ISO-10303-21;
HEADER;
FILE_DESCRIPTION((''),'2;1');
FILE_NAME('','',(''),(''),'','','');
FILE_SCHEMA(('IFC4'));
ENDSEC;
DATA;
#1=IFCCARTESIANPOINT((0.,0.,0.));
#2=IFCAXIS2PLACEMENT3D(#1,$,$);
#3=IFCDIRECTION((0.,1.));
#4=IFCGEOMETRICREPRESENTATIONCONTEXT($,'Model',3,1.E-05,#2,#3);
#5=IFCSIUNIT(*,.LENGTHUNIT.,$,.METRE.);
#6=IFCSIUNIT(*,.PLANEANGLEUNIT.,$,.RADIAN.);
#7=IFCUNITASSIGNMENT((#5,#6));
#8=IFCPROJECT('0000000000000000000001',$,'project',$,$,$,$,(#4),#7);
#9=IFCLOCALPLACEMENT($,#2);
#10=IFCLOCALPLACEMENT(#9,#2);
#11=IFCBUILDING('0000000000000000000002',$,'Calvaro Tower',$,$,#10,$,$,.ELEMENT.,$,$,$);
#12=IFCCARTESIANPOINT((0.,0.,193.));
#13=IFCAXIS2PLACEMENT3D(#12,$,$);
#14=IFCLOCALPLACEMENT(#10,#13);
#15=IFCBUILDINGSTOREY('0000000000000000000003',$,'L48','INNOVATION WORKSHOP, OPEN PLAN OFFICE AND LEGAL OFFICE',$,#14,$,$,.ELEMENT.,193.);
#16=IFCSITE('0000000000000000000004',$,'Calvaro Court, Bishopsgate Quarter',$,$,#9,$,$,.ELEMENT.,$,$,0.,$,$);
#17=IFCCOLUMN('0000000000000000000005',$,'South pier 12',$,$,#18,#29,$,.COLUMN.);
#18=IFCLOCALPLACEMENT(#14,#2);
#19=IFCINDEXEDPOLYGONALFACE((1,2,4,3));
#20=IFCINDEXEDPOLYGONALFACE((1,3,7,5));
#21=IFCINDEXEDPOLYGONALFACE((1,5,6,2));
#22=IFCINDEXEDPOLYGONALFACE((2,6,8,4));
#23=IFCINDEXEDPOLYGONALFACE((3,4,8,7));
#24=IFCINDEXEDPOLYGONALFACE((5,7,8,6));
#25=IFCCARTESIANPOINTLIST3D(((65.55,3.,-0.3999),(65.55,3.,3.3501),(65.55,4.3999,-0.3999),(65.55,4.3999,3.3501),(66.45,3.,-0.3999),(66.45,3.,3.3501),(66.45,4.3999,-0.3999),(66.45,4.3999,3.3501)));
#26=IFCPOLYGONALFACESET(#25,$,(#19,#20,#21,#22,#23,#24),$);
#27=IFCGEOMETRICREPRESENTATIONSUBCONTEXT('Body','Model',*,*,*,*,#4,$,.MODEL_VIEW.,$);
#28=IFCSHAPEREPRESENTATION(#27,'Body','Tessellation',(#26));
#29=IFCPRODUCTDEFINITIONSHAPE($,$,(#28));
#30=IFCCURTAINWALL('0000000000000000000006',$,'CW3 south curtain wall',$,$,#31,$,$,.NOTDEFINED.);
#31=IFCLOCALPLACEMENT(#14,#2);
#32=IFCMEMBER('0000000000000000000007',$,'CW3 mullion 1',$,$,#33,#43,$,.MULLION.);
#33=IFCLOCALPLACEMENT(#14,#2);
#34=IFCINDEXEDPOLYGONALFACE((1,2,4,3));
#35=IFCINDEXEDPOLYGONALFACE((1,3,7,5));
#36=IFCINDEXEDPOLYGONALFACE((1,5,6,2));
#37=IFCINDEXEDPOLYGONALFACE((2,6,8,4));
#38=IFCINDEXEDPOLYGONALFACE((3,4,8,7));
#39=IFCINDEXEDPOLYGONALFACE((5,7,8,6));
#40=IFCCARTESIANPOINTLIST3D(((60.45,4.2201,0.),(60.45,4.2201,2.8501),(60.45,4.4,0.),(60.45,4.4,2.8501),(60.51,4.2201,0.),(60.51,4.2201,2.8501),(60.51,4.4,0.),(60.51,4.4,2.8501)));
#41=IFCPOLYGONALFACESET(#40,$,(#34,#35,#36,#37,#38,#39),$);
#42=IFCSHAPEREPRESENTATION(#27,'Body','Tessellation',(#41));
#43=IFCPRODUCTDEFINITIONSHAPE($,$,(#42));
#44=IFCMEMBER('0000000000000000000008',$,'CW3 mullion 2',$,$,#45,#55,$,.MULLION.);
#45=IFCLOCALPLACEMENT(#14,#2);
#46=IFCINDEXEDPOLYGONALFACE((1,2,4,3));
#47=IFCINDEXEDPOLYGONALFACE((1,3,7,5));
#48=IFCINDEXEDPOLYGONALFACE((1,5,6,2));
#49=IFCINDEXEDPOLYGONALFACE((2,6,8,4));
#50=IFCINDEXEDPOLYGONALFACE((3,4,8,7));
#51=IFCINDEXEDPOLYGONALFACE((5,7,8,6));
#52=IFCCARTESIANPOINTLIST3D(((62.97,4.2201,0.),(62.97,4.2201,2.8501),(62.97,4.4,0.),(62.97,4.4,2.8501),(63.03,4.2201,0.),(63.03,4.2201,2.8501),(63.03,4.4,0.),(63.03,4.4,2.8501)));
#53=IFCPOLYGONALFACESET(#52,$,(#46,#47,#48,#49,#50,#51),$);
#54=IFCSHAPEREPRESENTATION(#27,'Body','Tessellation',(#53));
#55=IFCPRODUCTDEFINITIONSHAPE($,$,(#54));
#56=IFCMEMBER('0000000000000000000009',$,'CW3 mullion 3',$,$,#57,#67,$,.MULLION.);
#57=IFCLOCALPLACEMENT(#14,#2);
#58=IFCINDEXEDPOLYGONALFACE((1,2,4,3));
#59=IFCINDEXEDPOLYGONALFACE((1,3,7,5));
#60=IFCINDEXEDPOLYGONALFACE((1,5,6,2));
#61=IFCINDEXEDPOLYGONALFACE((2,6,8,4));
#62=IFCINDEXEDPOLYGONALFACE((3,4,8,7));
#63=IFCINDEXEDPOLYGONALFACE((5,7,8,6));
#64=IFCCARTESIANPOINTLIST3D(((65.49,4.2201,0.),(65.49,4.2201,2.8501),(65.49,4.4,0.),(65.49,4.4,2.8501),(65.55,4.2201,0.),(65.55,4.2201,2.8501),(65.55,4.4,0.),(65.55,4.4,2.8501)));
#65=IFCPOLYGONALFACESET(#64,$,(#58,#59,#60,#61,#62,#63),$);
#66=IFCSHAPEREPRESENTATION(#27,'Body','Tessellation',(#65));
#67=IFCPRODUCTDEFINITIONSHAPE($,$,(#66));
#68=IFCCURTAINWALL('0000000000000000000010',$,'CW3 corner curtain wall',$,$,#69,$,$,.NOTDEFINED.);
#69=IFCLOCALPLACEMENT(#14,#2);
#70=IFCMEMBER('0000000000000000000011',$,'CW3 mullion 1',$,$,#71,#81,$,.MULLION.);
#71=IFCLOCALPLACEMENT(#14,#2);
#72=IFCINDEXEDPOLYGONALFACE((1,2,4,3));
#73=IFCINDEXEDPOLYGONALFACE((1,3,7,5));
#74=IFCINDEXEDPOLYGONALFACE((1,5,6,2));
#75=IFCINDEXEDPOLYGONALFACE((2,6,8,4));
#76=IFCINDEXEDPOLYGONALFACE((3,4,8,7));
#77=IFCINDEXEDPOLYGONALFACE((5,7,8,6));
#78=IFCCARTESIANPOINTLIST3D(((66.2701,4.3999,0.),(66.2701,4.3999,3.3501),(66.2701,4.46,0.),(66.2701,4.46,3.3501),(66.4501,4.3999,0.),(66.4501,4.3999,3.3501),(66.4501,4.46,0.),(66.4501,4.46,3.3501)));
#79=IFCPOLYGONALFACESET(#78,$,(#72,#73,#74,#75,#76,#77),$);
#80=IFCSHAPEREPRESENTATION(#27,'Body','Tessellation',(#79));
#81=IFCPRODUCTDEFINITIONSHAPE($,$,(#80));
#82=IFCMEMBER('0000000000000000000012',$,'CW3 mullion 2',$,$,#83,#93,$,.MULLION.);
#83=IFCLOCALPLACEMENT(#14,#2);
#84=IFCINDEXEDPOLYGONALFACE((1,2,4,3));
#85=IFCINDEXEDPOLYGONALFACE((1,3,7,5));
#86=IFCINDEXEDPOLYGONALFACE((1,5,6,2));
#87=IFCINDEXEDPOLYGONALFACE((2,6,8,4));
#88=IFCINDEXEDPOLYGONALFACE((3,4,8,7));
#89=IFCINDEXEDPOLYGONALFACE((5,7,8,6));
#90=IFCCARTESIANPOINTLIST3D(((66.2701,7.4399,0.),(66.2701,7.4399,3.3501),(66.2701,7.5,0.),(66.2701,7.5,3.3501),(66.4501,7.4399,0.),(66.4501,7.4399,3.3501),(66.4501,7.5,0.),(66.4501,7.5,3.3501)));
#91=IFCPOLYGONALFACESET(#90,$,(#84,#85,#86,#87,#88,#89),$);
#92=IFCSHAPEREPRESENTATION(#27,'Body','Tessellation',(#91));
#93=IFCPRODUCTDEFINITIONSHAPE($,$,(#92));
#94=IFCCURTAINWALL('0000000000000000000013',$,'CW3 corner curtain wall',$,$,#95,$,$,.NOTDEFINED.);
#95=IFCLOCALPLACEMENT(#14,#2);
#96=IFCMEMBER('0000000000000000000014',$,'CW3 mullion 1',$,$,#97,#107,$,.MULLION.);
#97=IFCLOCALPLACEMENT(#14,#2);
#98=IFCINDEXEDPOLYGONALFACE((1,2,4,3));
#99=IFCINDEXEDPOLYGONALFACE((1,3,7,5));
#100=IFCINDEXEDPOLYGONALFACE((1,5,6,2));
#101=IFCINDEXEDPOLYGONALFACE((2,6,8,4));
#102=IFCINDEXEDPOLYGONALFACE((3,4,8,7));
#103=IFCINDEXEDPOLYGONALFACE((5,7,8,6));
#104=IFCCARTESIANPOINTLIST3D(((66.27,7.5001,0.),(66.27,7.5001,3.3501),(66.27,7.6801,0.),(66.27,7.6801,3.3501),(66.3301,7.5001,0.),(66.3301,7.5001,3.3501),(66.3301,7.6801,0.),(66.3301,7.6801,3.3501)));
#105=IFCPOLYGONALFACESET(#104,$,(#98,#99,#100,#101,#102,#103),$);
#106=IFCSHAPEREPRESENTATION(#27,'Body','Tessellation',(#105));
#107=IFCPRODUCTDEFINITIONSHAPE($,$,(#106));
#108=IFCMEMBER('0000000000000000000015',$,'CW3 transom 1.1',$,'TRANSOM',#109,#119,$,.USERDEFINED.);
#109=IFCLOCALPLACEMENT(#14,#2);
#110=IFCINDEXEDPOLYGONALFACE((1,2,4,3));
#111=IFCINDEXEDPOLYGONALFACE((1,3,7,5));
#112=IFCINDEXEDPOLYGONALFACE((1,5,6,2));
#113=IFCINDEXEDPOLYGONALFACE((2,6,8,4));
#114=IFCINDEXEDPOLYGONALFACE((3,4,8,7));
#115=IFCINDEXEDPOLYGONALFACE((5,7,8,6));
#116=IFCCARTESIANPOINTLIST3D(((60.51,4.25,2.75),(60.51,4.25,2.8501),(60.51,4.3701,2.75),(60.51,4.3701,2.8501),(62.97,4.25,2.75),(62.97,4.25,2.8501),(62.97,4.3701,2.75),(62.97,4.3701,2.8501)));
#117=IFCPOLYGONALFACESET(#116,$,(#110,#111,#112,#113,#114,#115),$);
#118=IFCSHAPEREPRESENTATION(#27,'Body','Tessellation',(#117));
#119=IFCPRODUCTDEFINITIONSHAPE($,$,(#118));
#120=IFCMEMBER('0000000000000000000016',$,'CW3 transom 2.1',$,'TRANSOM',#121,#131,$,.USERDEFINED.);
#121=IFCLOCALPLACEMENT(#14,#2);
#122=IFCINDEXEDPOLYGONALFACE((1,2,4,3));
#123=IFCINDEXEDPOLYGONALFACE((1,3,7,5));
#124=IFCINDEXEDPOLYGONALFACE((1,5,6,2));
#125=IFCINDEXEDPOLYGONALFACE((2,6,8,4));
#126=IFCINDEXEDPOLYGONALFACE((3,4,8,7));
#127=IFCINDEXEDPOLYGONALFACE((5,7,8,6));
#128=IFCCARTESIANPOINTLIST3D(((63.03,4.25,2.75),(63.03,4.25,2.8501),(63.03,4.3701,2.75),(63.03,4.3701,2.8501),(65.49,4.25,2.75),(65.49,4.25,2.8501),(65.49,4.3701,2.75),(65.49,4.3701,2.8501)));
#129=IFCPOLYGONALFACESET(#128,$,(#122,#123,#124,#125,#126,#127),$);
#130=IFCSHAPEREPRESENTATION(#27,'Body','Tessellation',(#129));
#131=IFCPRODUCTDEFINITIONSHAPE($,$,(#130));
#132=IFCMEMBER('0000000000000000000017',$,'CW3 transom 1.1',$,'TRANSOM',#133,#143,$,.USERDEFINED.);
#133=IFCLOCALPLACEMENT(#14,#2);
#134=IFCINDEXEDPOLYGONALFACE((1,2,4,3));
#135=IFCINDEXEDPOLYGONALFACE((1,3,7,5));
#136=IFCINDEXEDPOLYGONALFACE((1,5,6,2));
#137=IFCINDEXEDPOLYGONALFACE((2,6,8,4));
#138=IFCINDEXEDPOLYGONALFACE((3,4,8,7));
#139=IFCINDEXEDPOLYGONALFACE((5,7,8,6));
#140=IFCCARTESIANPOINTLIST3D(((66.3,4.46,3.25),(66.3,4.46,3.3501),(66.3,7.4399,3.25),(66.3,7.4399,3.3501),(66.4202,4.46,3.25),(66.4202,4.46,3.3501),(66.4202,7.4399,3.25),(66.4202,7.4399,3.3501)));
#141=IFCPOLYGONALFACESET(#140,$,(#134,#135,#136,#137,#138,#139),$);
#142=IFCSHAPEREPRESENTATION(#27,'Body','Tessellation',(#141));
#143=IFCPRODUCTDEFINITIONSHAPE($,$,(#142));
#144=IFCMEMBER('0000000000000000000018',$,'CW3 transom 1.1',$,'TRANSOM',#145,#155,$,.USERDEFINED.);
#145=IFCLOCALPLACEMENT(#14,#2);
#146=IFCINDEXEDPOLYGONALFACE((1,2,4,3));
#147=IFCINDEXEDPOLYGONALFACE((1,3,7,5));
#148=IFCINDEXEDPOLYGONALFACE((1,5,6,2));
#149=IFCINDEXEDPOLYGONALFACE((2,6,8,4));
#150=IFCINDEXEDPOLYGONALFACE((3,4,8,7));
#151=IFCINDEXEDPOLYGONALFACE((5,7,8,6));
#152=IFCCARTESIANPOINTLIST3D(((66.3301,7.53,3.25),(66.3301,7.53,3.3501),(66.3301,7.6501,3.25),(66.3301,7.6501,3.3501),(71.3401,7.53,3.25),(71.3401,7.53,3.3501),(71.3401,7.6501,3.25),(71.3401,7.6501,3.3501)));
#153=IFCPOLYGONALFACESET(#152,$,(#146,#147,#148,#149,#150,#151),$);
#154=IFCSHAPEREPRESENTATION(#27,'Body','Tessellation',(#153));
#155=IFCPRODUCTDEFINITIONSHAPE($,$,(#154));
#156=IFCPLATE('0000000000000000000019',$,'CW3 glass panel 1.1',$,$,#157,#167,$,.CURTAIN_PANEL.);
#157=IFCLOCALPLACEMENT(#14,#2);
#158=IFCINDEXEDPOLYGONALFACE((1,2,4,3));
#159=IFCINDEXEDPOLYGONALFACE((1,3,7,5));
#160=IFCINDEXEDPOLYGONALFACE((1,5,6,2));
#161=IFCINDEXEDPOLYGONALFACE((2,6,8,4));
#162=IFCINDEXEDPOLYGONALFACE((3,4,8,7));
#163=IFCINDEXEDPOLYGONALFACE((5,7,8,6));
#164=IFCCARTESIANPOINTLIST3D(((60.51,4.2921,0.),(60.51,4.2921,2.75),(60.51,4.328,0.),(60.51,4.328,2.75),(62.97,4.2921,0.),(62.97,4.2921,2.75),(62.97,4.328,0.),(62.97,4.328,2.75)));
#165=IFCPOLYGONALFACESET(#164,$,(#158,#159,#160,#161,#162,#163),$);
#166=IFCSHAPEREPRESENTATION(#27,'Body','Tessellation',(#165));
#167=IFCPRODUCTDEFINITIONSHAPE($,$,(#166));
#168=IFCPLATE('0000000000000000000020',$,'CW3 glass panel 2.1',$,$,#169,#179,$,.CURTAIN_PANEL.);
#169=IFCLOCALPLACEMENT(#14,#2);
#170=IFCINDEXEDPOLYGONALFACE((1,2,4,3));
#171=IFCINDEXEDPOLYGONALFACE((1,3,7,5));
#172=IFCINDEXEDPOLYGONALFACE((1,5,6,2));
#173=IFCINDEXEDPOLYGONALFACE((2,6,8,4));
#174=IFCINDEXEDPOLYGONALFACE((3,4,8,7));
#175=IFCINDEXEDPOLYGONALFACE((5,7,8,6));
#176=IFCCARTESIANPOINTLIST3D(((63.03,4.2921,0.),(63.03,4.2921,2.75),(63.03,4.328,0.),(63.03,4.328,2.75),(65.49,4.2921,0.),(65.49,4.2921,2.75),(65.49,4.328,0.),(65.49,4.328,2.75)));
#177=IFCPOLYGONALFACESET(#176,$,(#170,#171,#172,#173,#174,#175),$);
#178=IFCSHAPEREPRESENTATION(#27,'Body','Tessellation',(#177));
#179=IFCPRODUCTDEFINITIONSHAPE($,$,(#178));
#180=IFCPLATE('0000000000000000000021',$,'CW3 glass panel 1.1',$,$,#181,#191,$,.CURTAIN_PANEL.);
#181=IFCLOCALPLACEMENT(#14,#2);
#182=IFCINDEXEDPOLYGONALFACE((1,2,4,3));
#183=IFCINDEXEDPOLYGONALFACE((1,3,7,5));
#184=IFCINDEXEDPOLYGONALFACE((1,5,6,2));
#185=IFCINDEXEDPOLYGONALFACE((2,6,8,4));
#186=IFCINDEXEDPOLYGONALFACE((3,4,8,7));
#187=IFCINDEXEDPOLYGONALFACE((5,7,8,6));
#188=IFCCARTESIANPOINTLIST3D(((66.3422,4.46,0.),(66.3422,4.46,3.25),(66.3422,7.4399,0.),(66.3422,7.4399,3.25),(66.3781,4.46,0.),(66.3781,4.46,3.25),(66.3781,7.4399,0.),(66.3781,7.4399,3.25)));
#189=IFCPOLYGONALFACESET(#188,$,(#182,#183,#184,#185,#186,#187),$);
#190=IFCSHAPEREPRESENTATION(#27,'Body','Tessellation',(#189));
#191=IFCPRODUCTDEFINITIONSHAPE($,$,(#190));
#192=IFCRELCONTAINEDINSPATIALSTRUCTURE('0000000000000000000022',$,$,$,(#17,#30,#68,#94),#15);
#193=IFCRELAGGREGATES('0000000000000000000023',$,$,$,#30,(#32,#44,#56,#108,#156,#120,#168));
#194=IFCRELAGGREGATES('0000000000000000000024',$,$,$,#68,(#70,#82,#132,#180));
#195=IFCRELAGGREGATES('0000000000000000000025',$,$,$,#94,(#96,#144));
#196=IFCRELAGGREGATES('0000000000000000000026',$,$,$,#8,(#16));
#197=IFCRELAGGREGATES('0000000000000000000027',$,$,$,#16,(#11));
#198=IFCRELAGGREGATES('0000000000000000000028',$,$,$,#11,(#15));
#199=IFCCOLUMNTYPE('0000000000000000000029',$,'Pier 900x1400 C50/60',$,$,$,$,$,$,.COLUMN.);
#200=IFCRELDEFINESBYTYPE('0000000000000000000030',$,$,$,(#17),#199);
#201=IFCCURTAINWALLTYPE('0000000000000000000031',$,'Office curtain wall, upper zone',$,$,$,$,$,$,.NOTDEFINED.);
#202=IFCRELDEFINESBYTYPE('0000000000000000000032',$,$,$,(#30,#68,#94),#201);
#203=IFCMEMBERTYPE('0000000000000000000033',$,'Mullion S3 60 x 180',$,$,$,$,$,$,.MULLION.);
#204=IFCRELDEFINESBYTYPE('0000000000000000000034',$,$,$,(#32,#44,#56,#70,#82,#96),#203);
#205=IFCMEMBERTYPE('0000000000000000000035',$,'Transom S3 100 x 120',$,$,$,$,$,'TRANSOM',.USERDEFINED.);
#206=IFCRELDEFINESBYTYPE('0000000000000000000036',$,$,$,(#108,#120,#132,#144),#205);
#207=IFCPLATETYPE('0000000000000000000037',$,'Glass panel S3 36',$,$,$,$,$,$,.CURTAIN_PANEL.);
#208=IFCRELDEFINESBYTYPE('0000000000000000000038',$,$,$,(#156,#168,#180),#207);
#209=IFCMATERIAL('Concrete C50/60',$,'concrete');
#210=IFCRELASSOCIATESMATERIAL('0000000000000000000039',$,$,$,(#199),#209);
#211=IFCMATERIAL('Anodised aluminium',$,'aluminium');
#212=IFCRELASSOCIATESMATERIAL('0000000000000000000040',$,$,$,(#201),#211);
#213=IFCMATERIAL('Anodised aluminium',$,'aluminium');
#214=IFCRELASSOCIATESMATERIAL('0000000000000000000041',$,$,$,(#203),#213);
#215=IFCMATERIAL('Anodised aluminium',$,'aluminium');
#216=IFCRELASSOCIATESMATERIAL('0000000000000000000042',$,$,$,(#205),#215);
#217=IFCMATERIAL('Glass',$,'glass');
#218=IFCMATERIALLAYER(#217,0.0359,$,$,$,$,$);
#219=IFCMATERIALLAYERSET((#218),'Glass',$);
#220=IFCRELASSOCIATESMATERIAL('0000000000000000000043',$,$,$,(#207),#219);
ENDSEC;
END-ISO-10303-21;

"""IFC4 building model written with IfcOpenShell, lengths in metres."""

from ifc_helpers import new_model, si_unit, direction, frame, origin, origin_2d, place, context, subcontext, project, spatial, rectangle, extrude, material, layer, layer_set, material_profile, profile_set, type_object, element, aggregate, save


model = new_model("IFC4")

# Units and contexts
model_context = context("Model", 3, precision=1e-05, world=origin(), true_north=direction((0.0, 1.0)))
body_context = subcontext(model_context, "Body", "Model", "MODEL_VIEW")
ifc_project = project(units=[si_unit("LENGTHUNIT", "METRE"), si_unit("PLANEANGLEUNIT", "RADIAN")], contexts=[model_context])

# Site, building, storey
site_placement = place(None, origin())
site = spatial("IfcSite", under=ifc_project, at=site_placement, Name="Calvaro Court, Bishopsgate Quarter", CompositionType="ELEMENT", RefElevation=0.0)
building_placement = place(site_placement, origin())
building = spatial("IfcBuilding", under=site, at=building_placement, Name="Calvaro Tower", CompositionType="ELEMENT")
storey_placement = place(building_placement, frame((0.0, 0.0, 193.0)))
storey = spatial("IfcBuildingStorey", under=building, at=storey_placement, Name="L48", Description="INNOVATION WORKSHOP, OPEN PLAN OFFICE AND LEGAL OFFICE", CompositionType="ELEMENT", Elevation=193.0)

# Column
ifc_material_1 = material(Name="Concrete C50/60", Category="concrete")
ifc_material_profile_1 = material_profile(ifc_material_1, rectangle(XDim=0.8999, YDim=1.3999, at=origin_2d()), Name="RC 900x1400")
ifc_profile_set_1 = profile_set([ifc_material_profile_1], Name="Concrete C50/60")
column_type = type_object("IfcColumnType", Name="Pier 900x1400 C50/60", PredefinedType="COLUMN", material=ifc_profile_set_1)
column_placement = place(storey_placement, frame((66.0, 3.7, -0.3999), z_axis=(0.0, 0.0, 1.0), x_axis=(1.0, 0.0, 0.0)))
element("IfcColumn", 1, at=column_placement, inside=storey, type_object=column_type, Name="South pier 12", PredefinedType="COLUMN", context=body_context, shape_type="SweptSolid", body=[
    extrude(rectangle(XDim=0.8999, YDim=1.3999, at=origin_2d()), origin(), (0.0, 0.0, 1.0), 3.75),
])

# Curtain walls, members
ifc_material_2 = material(Name="Anodised aluminium", Category="aluminium")
curtain_wall_type = type_object("IfcCurtainWallType", Name="Office curtain wall, upper zone", PredefinedType="NOTDEFINED", material=ifc_material_2)
curtain_wall_1_placement = place(storey_placement, origin())
curtain_wall_1 = element("IfcCurtainWall", 2, at=curtain_wall_1_placement, inside=storey, type_object=curtain_wall_type, Name="CW3 south curtain wall", PredefinedType="NOTDEFINED")
ifc_material_3 = material(Name="Anodised aluminium", Category="aluminium")
ifc_material_profile_2 = material_profile(ifc_material_3, rectangle(XDim=0.1799, YDim=0.0601, at=origin_2d()), Name="Mullion S3 60 x 180")
ifc_profile_set_2 = profile_set([ifc_material_profile_2], Name="Anodised aluminium")
member_type_1 = type_object("IfcMemberType", Name="Mullion S3 60 x 180", PredefinedType="MULLION", material=ifc_profile_set_2)
member_1_placement = place(storey_placement, frame((60.48, 4.3101, 0.0), z_axis=(0.0, 0.0, 1.0), x_axis=(0.0, 1.0, 0.0)))
member_1 = element("IfcMember", 3, at=member_1_placement, type_object=member_type_1, Name="CW3 mullion 1", PredefinedType="MULLION", context=body_context, shape_type="SweptSolid", body=[
    extrude(rectangle(XDim=0.1799, YDim=0.0601, at=origin_2d()), origin(), (0.0, 0.0, 1.0), 2.8501),
])
member_2_placement = place(storey_placement, frame((63.0, 4.3101, 0.0), z_axis=(0.0, 0.0, 1.0), x_axis=(0.0, 1.0, 0.0)))
member_2 = element("IfcMember", 4, at=member_2_placement, type_object=member_type_1, Name="CW3 mullion 2", PredefinedType="MULLION", context=body_context, shape_type="SweptSolid", body=[
    extrude(rectangle(XDim=0.1799, YDim=0.0601, at=origin_2d()), origin(), (0.0, 0.0, 1.0), 2.8501),
])
member_3_placement = place(storey_placement, frame((65.52, 4.3101, 0.0), z_axis=(0.0, 0.0, 1.0), x_axis=(0.0, 1.0, 0.0)))
member_3 = element("IfcMember", 5, at=member_3_placement, type_object=member_type_1, Name="CW3 mullion 3", PredefinedType="MULLION", context=body_context, shape_type="SweptSolid", body=[
    extrude(rectangle(XDim=0.1799, YDim=0.0601, at=origin_2d()), origin(), (0.0, 0.0, 1.0), 2.8501),
])
curtain_wall_2_placement = place(storey_placement, origin())
curtain_wall_2 = element("IfcCurtainWall", 6, at=curtain_wall_2_placement, inside=storey, type_object=curtain_wall_type, Name="CW3 corner curtain wall", PredefinedType="NOTDEFINED")
member_4_placement = place(storey_placement, frame((66.3601, 4.4299, 0.0), z_axis=(0.0, 0.0, 1.0), x_axis=(-1.0, 0.0, 0.0)))
member_4 = element("IfcMember", 7, at=member_4_placement, type_object=member_type_1, Name="CW3 mullion 1", PredefinedType="MULLION", context=body_context, shape_type="SweptSolid", body=[
    extrude(rectangle(XDim=0.1799, YDim=0.0601, at=origin_2d()), origin(), (0.0, 0.0, 1.0), 3.3501),
])
member_5_placement = place(storey_placement, frame((66.3601, 7.47, 0.0), z_axis=(0.0, 0.0, 1.0), x_axis=(-1.0, 0.0, 0.0)))
member_5 = element("IfcMember", 8, at=member_5_placement, type_object=member_type_1, Name="CW3 mullion 2", PredefinedType="MULLION", context=body_context, shape_type="SweptSolid", body=[
    extrude(rectangle(XDim=0.1799, YDim=0.0601, at=origin_2d()), origin(), (0.0, 0.0, 1.0), 3.3501),
])

# Curtain wall, member
curtain_wall_3_placement = place(storey_placement, origin())
curtain_wall_3 = element("IfcCurtainWall", 9, at=curtain_wall_3_placement, inside=storey, type_object=curtain_wall_type, Name="CW3 corner curtain wall", PredefinedType="NOTDEFINED")
member_6_placement = place(storey_placement, frame((66.3, 7.5901, 0.0), z_axis=(0.0, 0.0, 1.0), x_axis=(0.0, 1.0, 0.0)))
member_6 = element("IfcMember", 10, at=member_6_placement, type_object=member_type_1, Name="CW3 mullion 1", PredefinedType="MULLION", context=body_context, shape_type="SweptSolid", body=[
    extrude(rectangle(XDim=0.1799, YDim=0.0601, at=origin_2d()), origin(), (0.0, 0.0, 1.0), 3.3501),
])

# Members
ifc_material_4 = material(Name="Anodised aluminium", Category="aluminium")
ifc_material_profile_3 = material_profile(ifc_material_4, rectangle(XDim=0.1201, YDim=0.1001, at=origin_2d()), Name="Transom S3 100 x 120")
ifc_profile_set_3 = profile_set([ifc_material_profile_3], Name="Anodised aluminium")
member_type_2 = type_object("IfcMemberType", Name="Transom S3 100 x 120", ElementType="TRANSOM", PredefinedType="USERDEFINED", material=ifc_profile_set_3)
member_7_placement = place(storey_placement, frame((60.51, 4.3101, 2.8), z_axis=(1.0, 0.0, 0.0), x_axis=(0.0, 1.0, 0.0)))
member_7 = element("IfcMember", 11, at=member_7_placement, type_object=member_type_2, Name="CW3 transom 1.1", ObjectType="TRANSOM", PredefinedType="USERDEFINED", context=body_context, shape_type="SweptSolid", body=[
    extrude(rectangle(XDim=0.1201, YDim=0.1001, at=origin_2d()), origin(), (0.0, 0.0, 1.0), 2.46),
])
member_8_placement = place(storey_placement, frame((63.03, 4.3101, 2.8), z_axis=(1.0, 0.0, 0.0), x_axis=(0.0, 1.0, 0.0)))
member_8 = element("IfcMember", 12, at=member_8_placement, type_object=member_type_2, Name="CW3 transom 2.1", ObjectType="TRANSOM", PredefinedType="USERDEFINED", context=body_context, shape_type="SweptSolid", body=[
    extrude(rectangle(XDim=0.1201, YDim=0.1001, at=origin_2d()), origin(), (0.0, 0.0, 1.0), 2.46),
])
member_9_placement = place(storey_placement, frame((66.3601, 4.46, 3.3), z_axis=(0.0, 1.0, 0.0), x_axis=(-1.0, 0.0, 0.0)))
member_9 = element("IfcMember", 13, at=member_9_placement, type_object=member_type_2, Name="CW3 transom 1.1", ObjectType="TRANSOM", PredefinedType="USERDEFINED", context=body_context, shape_type="SweptSolid", body=[
    extrude(rectangle(XDim=0.1201, YDim=0.1001, at=origin_2d()), origin(), (0.0, 0.0, 1.0), 2.98),
])
member_10_placement = place(storey_placement, frame((66.3301, 7.5901, 3.3), z_axis=(1.0, 0.0, 0.0), x_axis=(0.0, 1.0, 0.0)))
member_10 = element("IfcMember", 14, at=member_10_placement, type_object=member_type_2, Name="CW3 transom 1.1", ObjectType="TRANSOM", PredefinedType="USERDEFINED", context=body_context, shape_type="SweptSolid", body=[
    extrude(rectangle(XDim=0.1201, YDim=0.1001, at=origin_2d()), origin(), (0.0, 0.0, 1.0), 5.01),
])

# Plates
ifc_material_5 = material(Name="Glass", Category="glass")
ifc_layer_1 = layer(ifc_material_5, 0.0359)
ifc_layer_set_1 = layer_set([ifc_layer_1], Name="Glass")
plate_type = type_object("IfcPlateType", Name="Glass panel S3 36", PredefinedType="CURTAIN_PANEL", material=ifc_layer_set_1)
plate_1_placement = place(storey_placement, frame((61.74, 4.3101, 0.0), z_axis=(0.0, 0.0, 1.0), x_axis=(1.0, 0.0, 0.0)))
plate_1 = element("IfcPlate", 15, at=plate_1_placement, type_object=plate_type, Name="CW3 glass panel 1.1", PredefinedType="CURTAIN_PANEL", context=body_context, shape_type="SweptSolid", body=[
    extrude(rectangle(XDim=2.46, YDim=0.0359, at=origin_2d()), origin(), (0.0, 0.0, 1.0), 2.75),
])
plate_2_placement = place(storey_placement, frame((64.26, 4.3101, 0.0), z_axis=(0.0, 0.0, 1.0), x_axis=(1.0, 0.0, 0.0)))
plate_2 = element("IfcPlate", 16, at=plate_2_placement, type_object=plate_type, Name="CW3 glass panel 2.1", PredefinedType="CURTAIN_PANEL", context=body_context, shape_type="SweptSolid", body=[
    extrude(rectangle(XDim=2.46, YDim=0.0359, at=origin_2d()), origin(), (0.0, 0.0, 1.0), 2.75),
])
aggregate(curtain_wall_1, [member_1, member_2, member_3, member_7, plate_1, member_8, plate_2])
plate_3_placement = place(storey_placement, frame((66.3601, 5.95, 0.0), z_axis=(0.0, 0.0, 1.0), x_axis=(0.0, 1.0, 0.0)))
plate_3 = element("IfcPlate", 17, at=plate_3_placement, type_object=plate_type, Name="CW3 glass panel 1.1", PredefinedType="CURTAIN_PANEL", context=body_context, shape_type="SweptSolid", body=[
    extrude(rectangle(XDim=2.98, YDim=0.0359, at=origin_2d()), origin(), (0.0, 0.0, 1.0), 3.25),
])
aggregate(curtain_wall_2, [member_4, member_5, member_9, plate_3])
aggregate(curtain_wall_3, [member_6, member_10])

save(model, "model.ifc")
